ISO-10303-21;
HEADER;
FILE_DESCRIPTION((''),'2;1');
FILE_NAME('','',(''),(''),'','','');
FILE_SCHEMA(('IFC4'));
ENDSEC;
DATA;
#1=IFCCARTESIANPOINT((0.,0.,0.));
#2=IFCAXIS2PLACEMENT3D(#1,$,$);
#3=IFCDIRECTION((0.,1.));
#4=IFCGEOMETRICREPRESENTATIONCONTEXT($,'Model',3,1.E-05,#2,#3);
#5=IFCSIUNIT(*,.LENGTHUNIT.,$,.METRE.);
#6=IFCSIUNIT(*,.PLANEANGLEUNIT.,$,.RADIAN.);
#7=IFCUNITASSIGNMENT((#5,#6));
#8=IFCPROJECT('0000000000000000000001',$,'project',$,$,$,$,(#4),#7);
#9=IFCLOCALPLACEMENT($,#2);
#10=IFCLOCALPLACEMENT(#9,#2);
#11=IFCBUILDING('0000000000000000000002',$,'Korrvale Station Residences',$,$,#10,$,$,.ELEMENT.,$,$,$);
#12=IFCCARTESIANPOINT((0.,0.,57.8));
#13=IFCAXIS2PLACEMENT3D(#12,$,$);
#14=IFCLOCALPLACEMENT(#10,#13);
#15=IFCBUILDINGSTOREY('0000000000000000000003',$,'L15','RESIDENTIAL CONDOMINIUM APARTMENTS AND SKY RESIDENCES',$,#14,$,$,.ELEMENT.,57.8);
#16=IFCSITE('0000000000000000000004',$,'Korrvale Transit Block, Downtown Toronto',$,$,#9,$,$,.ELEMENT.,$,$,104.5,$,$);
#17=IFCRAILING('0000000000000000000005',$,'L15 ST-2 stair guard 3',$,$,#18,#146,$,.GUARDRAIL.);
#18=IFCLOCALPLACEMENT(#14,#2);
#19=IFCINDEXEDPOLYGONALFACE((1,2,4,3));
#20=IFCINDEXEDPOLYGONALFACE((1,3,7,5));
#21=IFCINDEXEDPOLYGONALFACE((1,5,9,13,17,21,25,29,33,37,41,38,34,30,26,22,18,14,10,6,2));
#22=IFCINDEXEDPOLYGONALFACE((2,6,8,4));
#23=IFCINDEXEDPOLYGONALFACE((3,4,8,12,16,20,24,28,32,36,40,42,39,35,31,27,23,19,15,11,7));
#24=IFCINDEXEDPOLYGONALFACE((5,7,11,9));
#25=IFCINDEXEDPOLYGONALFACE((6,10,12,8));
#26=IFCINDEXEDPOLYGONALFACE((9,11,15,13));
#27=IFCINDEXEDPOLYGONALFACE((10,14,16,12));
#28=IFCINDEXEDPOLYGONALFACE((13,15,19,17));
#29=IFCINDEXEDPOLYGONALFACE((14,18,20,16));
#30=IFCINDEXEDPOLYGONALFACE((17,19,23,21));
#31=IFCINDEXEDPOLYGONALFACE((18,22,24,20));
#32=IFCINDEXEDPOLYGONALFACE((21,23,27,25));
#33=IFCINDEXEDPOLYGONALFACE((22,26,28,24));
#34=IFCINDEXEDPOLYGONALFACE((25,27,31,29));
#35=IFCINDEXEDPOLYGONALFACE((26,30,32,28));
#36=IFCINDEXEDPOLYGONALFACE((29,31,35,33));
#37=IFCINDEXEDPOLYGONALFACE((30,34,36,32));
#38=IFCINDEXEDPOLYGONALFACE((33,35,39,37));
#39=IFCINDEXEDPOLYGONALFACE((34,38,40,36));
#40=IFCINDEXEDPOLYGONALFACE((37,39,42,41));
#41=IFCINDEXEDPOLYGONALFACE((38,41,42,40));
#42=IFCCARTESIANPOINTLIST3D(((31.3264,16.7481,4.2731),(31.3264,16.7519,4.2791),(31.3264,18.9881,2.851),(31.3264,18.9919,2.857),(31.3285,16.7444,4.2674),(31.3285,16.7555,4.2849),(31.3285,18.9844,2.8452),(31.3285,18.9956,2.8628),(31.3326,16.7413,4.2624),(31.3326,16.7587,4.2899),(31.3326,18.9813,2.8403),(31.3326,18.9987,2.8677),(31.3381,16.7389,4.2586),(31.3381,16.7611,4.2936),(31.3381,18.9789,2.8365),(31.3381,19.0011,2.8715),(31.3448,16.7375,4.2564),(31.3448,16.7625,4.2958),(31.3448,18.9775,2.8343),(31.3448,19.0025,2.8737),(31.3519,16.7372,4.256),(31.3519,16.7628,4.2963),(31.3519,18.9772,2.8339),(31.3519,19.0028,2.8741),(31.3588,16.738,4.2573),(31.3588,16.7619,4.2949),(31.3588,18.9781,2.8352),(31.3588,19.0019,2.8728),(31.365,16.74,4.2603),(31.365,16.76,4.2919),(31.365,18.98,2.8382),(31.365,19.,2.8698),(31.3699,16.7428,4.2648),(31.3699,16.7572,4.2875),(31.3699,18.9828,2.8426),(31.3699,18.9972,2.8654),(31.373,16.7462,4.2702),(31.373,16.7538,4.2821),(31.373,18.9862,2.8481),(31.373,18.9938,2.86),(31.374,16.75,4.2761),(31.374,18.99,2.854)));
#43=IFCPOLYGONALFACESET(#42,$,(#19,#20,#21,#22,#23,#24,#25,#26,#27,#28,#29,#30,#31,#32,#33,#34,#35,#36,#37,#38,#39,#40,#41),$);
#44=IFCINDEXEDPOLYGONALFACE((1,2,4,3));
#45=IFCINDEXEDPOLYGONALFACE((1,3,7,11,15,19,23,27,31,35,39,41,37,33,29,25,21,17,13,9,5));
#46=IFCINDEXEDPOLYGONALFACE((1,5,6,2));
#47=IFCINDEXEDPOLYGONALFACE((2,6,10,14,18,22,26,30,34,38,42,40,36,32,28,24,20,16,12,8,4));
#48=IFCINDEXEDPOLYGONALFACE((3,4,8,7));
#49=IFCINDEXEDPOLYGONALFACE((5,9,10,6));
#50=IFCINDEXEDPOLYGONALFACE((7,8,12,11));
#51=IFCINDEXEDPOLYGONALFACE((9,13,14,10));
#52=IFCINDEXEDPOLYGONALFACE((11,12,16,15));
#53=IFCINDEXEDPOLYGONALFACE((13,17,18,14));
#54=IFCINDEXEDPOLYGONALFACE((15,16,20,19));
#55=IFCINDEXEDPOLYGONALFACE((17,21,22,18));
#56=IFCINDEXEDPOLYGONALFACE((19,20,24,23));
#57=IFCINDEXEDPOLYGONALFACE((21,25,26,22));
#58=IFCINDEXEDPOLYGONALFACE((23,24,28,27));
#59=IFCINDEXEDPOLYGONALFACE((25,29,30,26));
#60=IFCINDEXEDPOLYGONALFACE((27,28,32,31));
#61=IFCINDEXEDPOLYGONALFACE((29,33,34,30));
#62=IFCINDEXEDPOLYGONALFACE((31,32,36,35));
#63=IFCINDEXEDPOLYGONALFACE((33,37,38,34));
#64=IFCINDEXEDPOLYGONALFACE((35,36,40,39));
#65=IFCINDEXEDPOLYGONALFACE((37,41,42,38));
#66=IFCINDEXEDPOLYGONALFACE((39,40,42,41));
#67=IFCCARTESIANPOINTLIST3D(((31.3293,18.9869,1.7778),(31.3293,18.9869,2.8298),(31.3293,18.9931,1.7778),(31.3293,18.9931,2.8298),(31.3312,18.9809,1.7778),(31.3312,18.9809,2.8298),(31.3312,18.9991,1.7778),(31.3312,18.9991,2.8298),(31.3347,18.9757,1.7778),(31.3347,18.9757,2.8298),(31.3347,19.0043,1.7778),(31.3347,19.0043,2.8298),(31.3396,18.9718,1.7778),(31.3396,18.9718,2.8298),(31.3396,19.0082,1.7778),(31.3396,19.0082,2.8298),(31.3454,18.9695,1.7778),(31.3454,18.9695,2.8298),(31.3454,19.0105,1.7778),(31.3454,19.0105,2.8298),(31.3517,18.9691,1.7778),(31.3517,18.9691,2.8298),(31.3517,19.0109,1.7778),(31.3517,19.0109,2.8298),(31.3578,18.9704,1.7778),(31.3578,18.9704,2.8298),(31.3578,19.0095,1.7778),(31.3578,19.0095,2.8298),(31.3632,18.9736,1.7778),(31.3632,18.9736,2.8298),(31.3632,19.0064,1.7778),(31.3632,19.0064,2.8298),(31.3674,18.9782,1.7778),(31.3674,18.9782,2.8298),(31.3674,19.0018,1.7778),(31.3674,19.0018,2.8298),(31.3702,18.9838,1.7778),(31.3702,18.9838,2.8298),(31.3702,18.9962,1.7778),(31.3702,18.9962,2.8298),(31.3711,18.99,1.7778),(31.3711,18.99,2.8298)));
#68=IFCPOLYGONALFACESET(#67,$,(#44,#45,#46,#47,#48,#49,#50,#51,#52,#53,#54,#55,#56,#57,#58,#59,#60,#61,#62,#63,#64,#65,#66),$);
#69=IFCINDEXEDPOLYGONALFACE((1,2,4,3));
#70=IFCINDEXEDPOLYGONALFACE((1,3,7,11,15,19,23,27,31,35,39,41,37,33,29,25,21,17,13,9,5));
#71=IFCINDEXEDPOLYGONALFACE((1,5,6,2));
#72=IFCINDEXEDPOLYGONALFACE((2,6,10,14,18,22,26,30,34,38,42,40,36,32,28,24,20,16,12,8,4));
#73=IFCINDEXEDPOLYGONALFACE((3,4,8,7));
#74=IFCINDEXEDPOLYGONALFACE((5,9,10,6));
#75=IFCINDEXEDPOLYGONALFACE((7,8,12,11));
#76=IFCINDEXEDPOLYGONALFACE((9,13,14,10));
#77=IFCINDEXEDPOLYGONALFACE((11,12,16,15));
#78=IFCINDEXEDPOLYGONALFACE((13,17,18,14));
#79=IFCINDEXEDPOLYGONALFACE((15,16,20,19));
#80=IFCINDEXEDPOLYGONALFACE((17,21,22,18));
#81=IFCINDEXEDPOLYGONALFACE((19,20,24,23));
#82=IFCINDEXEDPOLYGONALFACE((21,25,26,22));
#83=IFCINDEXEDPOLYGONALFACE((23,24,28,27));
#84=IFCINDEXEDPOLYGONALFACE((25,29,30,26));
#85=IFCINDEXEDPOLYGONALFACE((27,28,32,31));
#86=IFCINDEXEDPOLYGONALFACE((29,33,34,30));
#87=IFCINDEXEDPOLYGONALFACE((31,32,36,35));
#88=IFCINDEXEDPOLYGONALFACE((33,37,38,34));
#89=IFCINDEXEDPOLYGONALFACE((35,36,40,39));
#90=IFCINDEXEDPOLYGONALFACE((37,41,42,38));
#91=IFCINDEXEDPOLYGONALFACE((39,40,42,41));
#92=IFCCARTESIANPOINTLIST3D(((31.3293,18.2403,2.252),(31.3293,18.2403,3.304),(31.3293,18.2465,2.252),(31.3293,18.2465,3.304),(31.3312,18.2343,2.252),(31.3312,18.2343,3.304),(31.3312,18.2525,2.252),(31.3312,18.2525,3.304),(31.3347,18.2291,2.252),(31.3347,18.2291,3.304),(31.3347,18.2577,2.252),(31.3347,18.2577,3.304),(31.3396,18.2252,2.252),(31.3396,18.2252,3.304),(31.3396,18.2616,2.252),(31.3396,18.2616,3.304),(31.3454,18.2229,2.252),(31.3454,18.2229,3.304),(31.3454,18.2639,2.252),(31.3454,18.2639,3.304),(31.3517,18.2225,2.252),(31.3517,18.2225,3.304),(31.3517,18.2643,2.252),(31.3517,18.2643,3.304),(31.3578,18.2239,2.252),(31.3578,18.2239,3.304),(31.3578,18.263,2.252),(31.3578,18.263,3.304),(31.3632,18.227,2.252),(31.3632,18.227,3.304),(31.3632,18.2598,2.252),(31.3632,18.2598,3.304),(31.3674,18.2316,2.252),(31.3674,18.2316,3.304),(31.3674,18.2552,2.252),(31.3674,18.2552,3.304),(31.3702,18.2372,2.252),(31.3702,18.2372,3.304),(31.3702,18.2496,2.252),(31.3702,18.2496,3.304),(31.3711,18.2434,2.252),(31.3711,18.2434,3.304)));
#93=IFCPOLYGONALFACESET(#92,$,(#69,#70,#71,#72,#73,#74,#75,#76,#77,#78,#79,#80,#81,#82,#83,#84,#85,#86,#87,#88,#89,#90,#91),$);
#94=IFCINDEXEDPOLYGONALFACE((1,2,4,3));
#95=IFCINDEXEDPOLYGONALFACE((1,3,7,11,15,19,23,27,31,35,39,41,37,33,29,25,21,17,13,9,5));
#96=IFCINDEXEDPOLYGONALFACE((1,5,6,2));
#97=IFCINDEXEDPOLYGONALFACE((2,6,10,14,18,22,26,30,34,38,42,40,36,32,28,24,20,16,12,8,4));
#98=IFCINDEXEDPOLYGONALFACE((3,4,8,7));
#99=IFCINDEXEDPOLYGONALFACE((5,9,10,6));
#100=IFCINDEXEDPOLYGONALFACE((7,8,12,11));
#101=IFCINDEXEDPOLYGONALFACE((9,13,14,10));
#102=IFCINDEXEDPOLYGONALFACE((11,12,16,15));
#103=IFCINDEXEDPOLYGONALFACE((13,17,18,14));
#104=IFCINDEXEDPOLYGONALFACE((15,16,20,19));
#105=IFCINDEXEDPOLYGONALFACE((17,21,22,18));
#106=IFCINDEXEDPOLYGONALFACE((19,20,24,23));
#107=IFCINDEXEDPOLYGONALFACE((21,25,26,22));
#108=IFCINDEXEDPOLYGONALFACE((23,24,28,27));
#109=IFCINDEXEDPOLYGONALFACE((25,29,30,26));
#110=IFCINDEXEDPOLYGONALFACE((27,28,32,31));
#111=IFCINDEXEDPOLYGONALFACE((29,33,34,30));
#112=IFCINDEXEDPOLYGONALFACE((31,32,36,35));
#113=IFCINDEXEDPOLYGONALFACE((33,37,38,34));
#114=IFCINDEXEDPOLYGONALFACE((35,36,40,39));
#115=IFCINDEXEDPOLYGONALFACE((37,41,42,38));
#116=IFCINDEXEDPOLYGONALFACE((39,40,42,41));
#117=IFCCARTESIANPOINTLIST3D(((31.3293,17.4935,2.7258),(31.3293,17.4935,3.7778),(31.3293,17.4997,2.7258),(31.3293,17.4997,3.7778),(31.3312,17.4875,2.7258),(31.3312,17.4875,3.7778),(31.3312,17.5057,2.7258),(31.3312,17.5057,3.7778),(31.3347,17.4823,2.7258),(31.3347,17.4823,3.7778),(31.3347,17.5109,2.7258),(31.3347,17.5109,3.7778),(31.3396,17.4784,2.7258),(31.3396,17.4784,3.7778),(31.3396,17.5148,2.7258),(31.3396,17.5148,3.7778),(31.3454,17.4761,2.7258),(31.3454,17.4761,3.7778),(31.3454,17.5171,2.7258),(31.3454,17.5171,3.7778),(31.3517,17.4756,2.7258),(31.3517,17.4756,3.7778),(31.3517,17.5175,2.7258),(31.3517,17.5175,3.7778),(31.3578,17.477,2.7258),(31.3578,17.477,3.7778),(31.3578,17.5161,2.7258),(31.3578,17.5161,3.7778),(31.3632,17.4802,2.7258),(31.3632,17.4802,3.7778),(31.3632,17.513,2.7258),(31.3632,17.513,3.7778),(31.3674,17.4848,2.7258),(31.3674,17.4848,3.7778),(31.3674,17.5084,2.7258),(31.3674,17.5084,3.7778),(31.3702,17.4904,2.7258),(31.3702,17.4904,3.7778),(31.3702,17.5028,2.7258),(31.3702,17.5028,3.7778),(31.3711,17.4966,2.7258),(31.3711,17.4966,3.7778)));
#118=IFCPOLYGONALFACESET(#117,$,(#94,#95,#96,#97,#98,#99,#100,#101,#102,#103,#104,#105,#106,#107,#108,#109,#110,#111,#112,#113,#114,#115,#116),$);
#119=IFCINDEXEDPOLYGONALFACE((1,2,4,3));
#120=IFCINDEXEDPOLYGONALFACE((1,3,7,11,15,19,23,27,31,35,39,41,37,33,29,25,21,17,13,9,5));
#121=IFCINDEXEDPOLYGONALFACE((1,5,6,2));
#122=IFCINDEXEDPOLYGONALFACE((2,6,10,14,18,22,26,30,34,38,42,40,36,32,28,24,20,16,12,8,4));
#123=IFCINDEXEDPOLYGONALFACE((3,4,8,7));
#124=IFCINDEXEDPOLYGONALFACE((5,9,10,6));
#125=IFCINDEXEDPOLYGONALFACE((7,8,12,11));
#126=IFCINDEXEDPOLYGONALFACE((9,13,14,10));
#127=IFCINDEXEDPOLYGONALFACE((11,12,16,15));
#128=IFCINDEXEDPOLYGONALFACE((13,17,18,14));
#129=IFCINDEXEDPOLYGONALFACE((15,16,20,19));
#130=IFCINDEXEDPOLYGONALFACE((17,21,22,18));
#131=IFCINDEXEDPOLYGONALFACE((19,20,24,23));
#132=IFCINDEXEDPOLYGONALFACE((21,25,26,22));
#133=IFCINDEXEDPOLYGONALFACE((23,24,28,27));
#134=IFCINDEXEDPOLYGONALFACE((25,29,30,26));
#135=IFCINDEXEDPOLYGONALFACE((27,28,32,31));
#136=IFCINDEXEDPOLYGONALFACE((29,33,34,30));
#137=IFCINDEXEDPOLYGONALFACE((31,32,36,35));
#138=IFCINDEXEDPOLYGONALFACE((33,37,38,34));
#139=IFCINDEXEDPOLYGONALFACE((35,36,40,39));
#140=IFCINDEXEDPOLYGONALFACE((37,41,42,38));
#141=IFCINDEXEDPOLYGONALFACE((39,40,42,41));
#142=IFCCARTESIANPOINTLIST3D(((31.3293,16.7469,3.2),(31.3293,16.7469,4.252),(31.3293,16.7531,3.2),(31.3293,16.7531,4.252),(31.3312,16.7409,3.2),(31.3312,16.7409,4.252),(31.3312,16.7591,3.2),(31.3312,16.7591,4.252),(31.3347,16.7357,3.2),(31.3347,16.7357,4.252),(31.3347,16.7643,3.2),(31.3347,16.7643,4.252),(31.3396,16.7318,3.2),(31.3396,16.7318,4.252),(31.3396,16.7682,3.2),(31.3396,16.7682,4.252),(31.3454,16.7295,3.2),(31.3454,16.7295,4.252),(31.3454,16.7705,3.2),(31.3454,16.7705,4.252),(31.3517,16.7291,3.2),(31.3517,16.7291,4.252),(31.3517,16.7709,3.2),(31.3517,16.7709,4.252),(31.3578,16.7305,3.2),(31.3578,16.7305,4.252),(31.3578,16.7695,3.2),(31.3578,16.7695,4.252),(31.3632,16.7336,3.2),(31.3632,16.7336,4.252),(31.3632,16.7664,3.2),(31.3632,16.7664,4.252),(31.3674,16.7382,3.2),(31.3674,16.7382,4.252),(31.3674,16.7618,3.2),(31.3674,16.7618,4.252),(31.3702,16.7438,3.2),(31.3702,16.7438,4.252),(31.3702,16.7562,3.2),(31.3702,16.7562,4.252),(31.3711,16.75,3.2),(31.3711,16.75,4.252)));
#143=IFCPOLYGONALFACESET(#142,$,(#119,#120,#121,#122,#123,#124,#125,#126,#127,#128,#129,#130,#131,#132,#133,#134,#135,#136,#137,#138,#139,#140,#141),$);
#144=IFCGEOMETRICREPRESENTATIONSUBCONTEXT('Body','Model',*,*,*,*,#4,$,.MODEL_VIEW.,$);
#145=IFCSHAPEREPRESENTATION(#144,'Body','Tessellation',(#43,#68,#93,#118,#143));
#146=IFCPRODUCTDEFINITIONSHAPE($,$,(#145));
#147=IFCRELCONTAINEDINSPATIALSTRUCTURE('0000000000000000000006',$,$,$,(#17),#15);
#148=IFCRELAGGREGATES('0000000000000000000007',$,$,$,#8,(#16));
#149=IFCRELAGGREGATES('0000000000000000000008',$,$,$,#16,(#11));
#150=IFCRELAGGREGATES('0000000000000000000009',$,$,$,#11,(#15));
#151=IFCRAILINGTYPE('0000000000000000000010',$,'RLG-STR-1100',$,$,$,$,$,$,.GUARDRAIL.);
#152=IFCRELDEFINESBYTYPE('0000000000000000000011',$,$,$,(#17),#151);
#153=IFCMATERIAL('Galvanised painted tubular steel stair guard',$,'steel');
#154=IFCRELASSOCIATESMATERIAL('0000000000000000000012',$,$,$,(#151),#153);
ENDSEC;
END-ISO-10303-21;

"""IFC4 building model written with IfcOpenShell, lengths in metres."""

from ifc_helpers import new_model, si_unit, direction, frame, origin, origin_2d, place, context, subcontext, project, spatial, circle, extrude, material, type_object, element, save


model = new_model("IFC4")

# Units and contexts
model_context = context("Model", 3, precision=1e-05, world=origin(), true_north=direction((0.0, 1.0)))
body_context = subcontext(model_context, "Body", "Model", "MODEL_VIEW")
ifc_project = project(units=[si_unit("LENGTHUNIT", "METRE"), si_unit("PLANEANGLEUNIT", "RADIAN")], contexts=[model_context])

# Site, building, storey
site_placement = place(None, origin())
site = spatial("IfcSite", under=ifc_project, at=site_placement, Name="Korrvale Transit Block, Downtown Toronto", CompositionType="ELEMENT", RefElevation=104.5)
building_placement = place(site_placement, origin())
building = spatial("IfcBuilding", under=site, at=building_placement, Name="Korrvale Station Residences", CompositionType="ELEMENT")
storey_placement = place(building_placement, frame((0.0, 0.0, 57.8)))
storey = spatial("IfcBuildingStorey", under=building, at=storey_placement, Name="L15", Description="RESIDENTIAL CONDOMINIUM APARTMENTS AND SKY RESIDENCES", CompositionType="ELEMENT", Elevation=57.8)

# Railing
ifc_material_1 = material(Name="Galvanised painted tubular steel stair guard", Category="steel")
railing_type_1 = type_object("IfcRailingType", Name="RLG-STR-1100", PredefinedType="GUARDRAIL", material=ifc_material_1)
railing_1_placement = place(storey_placement, frame((31.3501, 18.99, 1.7778)))
element("IfcRailing", 1, at=railing_1_placement, inside=storey, type_object=railing_type_1, Name="L15 ST-2 stair guard 3", PredefinedType="GUARDRAIL", context=body_context, shape_type="SweptSolid", body=[
    extrude(circle(Radius=0.0239, at=origin_2d()), frame((0.0, 0.0, 1.0762), z_axis=(0.0, -0.844229, 0.535982), x_axis=(1.0, 0.0, 0.0)), (0.0, 0.0, 1.0), 2.6533),
    extrude(circle(Radius=0.021, at=origin_2d()), origin(), (0.0, 0.0, 1.0), 1.052),
    extrude(circle(Radius=0.021, at=origin_2d()), frame((0.0, -0.7466, 0.4741)), (0.0, 0.0, 1.0), 1.052),
    extrude(circle(Radius=0.021, at=origin_2d()), frame((0.0, -1.4934, 0.948)), (0.0, 0.0, 1.0), 1.052),
    extrude(circle(Radius=0.021, at=origin_2d()), frame((0.0, -2.24, 1.4221)), (0.0, 0.0, 1.0), 1.052),
])

save(model, "model.ifc")
